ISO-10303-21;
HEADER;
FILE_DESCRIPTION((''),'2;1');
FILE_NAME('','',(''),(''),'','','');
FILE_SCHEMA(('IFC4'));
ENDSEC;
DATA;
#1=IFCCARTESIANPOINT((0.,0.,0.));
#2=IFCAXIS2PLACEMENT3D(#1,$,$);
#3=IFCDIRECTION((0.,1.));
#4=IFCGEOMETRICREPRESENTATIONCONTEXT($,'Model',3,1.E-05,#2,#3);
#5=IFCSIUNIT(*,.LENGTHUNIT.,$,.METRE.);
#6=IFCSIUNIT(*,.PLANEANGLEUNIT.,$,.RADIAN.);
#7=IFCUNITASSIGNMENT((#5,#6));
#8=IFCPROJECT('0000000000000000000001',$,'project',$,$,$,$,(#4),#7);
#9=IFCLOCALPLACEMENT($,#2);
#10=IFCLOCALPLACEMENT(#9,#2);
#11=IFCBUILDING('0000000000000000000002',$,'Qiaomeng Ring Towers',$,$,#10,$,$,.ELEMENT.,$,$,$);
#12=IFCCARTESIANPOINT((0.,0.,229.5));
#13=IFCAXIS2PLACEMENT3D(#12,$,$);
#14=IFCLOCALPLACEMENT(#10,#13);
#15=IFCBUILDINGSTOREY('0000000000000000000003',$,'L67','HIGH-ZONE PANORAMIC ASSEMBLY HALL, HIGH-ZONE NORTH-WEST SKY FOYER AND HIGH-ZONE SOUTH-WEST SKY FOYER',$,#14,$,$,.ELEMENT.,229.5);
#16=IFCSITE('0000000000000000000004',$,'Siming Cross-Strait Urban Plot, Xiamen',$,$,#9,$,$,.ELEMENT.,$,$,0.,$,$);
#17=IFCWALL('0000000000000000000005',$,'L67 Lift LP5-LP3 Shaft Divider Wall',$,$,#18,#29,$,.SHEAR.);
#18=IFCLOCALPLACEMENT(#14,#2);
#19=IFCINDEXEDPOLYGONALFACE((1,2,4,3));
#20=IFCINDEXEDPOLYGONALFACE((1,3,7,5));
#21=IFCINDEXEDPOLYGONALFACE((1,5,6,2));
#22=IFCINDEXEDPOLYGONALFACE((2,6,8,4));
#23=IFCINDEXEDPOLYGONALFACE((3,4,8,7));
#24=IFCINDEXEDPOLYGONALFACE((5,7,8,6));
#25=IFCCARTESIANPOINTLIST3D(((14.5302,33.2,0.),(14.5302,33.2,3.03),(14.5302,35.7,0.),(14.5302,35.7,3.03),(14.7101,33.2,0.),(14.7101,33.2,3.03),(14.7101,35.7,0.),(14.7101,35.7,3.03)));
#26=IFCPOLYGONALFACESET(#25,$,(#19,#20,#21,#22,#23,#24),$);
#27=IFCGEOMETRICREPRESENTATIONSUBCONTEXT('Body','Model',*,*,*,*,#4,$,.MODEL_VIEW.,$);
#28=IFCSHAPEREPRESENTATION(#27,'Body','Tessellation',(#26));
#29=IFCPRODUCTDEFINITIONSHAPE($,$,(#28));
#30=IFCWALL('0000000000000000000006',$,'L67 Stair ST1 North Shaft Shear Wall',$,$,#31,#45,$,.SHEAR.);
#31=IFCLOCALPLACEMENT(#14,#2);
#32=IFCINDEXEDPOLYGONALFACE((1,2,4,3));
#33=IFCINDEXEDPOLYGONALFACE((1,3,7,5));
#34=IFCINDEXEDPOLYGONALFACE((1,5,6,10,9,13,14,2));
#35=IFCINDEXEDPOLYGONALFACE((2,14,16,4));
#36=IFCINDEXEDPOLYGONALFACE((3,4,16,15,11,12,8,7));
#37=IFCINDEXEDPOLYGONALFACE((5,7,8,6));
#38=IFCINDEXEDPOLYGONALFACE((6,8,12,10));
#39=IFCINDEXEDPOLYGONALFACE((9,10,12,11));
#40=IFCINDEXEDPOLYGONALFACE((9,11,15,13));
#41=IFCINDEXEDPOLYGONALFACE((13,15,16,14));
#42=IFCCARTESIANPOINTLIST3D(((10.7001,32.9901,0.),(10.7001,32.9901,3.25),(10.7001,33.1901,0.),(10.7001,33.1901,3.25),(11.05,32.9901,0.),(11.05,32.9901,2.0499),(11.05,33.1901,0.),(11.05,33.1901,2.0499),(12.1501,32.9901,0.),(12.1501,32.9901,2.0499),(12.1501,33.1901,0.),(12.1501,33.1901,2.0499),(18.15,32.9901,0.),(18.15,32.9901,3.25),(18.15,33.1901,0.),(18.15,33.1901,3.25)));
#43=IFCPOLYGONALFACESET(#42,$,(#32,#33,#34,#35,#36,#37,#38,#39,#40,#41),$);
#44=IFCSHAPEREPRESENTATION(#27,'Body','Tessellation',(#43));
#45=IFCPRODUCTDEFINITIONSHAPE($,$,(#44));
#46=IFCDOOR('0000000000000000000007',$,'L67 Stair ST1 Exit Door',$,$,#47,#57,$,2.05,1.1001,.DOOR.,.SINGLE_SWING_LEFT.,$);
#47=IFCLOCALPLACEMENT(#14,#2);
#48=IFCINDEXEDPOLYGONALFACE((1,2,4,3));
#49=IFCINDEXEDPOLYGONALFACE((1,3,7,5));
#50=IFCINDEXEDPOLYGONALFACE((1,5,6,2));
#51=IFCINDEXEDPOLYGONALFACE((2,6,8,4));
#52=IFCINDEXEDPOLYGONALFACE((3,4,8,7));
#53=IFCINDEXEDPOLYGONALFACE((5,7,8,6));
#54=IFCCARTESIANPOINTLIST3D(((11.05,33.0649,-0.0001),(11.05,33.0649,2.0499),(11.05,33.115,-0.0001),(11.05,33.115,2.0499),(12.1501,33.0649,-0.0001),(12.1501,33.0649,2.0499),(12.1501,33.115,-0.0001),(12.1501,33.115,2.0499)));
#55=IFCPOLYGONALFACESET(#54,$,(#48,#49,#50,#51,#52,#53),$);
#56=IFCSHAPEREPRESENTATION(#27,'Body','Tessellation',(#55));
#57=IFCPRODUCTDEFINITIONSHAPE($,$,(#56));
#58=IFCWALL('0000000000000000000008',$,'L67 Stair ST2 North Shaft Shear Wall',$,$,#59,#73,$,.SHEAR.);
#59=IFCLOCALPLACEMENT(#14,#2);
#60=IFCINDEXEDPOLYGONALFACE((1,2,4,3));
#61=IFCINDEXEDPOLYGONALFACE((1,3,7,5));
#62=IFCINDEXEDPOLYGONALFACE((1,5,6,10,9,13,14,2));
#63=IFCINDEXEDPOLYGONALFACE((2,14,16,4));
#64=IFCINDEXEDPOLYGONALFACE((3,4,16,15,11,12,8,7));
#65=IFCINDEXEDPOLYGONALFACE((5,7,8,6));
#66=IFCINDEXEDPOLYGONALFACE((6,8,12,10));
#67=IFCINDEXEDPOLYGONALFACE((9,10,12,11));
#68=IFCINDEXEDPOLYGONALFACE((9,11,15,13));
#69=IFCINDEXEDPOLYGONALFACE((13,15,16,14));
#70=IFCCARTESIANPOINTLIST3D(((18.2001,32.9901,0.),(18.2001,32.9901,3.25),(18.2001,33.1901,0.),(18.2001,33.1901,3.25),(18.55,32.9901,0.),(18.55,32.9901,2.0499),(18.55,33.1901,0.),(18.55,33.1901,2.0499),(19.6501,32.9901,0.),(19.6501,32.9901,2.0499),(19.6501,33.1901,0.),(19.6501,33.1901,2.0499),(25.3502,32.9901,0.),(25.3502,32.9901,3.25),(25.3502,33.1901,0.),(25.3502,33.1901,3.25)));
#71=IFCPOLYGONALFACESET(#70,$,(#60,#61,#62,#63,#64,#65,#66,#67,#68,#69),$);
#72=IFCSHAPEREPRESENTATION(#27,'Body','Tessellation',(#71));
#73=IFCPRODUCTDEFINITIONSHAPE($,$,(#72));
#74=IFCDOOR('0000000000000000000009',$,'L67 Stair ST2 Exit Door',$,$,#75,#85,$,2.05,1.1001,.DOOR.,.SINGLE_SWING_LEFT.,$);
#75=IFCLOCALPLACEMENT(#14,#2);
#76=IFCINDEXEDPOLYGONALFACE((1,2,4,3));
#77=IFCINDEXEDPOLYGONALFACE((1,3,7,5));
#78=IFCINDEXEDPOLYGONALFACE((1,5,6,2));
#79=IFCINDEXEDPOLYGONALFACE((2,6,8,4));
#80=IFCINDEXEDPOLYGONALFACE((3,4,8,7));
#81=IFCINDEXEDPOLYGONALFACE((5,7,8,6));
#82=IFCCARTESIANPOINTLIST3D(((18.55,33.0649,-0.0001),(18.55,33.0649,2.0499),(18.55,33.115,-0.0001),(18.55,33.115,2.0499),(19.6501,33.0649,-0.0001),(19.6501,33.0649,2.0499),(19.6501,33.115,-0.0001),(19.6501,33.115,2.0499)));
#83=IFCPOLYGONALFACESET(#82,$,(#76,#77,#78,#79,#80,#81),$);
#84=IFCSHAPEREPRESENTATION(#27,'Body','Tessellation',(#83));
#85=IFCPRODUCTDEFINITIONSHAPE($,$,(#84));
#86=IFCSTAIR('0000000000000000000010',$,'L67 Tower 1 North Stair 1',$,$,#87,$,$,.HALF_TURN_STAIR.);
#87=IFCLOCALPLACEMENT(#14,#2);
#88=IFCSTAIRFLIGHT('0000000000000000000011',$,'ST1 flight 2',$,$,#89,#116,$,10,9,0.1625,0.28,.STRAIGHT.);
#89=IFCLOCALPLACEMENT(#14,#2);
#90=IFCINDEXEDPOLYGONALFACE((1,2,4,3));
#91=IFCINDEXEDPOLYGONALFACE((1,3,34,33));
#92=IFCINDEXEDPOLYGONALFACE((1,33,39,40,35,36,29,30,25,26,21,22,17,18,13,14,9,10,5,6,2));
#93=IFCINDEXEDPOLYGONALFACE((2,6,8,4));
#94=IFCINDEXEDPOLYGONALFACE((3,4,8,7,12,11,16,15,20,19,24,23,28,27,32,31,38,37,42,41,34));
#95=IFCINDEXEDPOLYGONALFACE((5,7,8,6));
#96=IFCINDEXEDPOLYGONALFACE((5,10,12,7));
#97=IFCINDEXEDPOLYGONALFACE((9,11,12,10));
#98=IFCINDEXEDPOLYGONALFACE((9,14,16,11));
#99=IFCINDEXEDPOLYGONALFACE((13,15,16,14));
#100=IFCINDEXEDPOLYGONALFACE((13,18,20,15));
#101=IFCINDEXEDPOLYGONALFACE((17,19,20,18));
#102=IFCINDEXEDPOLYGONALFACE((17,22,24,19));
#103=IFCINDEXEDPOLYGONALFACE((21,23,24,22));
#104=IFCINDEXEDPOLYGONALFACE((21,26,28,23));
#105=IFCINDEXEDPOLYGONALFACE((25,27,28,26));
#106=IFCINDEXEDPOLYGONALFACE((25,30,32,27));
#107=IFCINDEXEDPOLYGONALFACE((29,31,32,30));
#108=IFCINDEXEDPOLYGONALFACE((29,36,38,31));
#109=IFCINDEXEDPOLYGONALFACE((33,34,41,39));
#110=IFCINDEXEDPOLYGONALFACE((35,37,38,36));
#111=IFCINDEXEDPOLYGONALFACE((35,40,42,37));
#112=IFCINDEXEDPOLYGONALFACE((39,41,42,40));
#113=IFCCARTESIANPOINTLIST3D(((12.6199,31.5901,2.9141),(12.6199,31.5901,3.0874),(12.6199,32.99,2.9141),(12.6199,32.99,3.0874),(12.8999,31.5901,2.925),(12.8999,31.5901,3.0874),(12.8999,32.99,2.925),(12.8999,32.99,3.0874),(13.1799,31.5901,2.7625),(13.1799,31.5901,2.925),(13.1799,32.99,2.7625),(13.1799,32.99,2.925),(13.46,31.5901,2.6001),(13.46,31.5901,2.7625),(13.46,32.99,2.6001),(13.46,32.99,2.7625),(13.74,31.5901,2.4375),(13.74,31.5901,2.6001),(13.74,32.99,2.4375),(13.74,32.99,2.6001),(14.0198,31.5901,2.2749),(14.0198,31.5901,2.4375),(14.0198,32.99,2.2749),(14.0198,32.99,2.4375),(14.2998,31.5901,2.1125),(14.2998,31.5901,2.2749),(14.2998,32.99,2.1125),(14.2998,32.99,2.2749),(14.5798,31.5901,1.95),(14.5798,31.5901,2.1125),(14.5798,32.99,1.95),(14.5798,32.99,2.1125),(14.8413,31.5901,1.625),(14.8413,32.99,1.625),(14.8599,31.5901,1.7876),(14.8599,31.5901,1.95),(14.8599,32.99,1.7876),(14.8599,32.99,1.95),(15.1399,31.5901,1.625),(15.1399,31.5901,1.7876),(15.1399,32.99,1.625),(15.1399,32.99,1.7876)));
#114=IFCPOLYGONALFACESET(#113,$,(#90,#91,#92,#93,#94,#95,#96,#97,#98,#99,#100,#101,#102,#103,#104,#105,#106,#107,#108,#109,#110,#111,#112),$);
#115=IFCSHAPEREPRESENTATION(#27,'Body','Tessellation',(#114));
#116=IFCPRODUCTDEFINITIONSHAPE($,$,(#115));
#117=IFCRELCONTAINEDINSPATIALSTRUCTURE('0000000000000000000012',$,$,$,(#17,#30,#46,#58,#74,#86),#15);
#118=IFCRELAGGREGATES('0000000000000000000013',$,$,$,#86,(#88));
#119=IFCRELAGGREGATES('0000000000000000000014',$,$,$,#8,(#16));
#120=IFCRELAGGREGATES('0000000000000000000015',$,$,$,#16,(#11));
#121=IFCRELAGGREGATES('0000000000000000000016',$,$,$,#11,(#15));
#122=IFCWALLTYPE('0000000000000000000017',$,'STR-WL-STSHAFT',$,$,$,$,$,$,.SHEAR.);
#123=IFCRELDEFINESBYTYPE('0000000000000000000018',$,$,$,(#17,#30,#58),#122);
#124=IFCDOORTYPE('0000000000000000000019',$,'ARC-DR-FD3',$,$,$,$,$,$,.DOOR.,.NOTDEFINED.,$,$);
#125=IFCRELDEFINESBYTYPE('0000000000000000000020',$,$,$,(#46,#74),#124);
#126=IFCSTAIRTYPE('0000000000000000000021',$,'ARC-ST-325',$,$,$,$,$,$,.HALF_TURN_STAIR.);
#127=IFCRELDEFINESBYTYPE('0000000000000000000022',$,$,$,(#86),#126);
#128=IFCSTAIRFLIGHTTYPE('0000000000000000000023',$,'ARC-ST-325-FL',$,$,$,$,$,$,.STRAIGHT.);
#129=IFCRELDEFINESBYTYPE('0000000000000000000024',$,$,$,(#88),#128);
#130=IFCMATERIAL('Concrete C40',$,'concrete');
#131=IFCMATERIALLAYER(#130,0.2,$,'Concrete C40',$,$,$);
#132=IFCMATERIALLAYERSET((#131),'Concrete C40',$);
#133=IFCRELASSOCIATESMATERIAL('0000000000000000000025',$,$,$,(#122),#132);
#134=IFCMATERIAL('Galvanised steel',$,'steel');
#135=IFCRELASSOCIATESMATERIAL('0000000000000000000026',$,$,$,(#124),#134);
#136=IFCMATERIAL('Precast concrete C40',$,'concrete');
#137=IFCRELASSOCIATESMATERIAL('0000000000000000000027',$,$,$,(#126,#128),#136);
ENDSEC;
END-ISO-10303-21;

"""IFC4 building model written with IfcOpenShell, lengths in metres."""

from ifc_helpers import new_model, si_unit, direction, frame, frame_2d, origin, place, context, subcontext, project, spatial, polyline, rectangle, outline, extrude, source, transform, mapped, material, layer, layer_set, type_object, element, fill, aggregate, save


model = new_model("IFC4")

# Units and contexts
model_context = context("Model", 3, precision=1e-05, world=origin(), true_north=direction((0.0, 1.0)))
body_context = subcontext(model_context, "Body", "Model", "MODEL_VIEW")
ifc_project = project(units=[si_unit("LENGTHUNIT", "METRE"), si_unit("PLANEANGLEUNIT", "RADIAN")], contexts=[model_context])

# Site, building, storey
site_placement = place(None, origin())
site = spatial("IfcSite", under=ifc_project, at=site_placement, Name="Siming Cross-Strait Urban Plot, Xiamen", CompositionType="ELEMENT", RefElevation=0.0)
building_placement = place(site_placement, origin())
building = spatial("IfcBuilding", under=site, at=building_placement, Name="Qiaomeng Ring Towers", CompositionType="ELEMENT")
storey_placement = place(building_placement, frame((0.0, 0.0, 229.5)))
storey = spatial("IfcBuildingStorey", under=building, at=storey_placement, Name="L67", Description="HIGH-ZONE PANORAMIC ASSEMBLY HALL, HIGH-ZONE NORTH-WEST SKY FOYER AND HIGH-ZONE SOUTH-WEST SKY FOYER", CompositionType="ELEMENT", Elevation=229.5)

# Wall
ifc_material_1 = material(Name="Concrete C40", Category="concrete")
ifc_layer_1 = layer(ifc_material_1, 0.2, Name="Concrete C40")
ifc_layer_set_1 = layer_set([ifc_layer_1], Name="Concrete C40")
wall_type_1 = type_object("IfcWallType", Name="STR-WL-STSHAFT", PredefinedType="SHEAR", material=ifc_layer_set_1)
wall_1_placement = place(storey_placement, frame((14.6201, 33.2, 0.0), z_axis=(0.0, 0.0, 1.0), x_axis=(0.0, 1.0, 0.0)))
element("IfcWall", 1, at=wall_1_placement, inside=storey, type_object=wall_type_1, Name="L67 Lift LP5-LP3 Shaft Divider Wall", PredefinedType="SHEAR", context=body_context, shape_type="SweptSolid", body=[
    extrude(rectangle(XDim=2.5, YDim=0.1799, at=frame_2d((1.25, 0.0))), origin(), (0.0, 0.0, 1.0), 3.03),
])

# Walls, openings, doors
wall_2_placement = place(storey_placement, frame((10.7, 33.0901, 0.0), z_axis=(0.0, 0.0, 1.0), x_axis=(1.0, 0.0, 0.0)))
wall_2 = element("IfcWall", 2, at=wall_2_placement, inside=storey, type_object=wall_type_1, Name="L67 Stair ST1 North Shaft Shear Wall", PredefinedType="SHEAR", context=body_context, shape_type="SweptSolid", body=[
    extrude(rectangle(XDim=7.45, YDim=0.2, at=frame_2d((3.7251, 0.0))), origin(), (0.0, 0.0, 1.0), 3.25),
])
opening_1_placement = place(wall_2_placement, frame((0.3501, 0.0, 0.0)))
opening_1 = element("IfcOpeningElement", 3, at=opening_1_placement, cuts=wall_2, PredefinedType="OPENING", context=body_context, shape_type="SweptSolid", body=[
    extrude(rectangle(XDim=1.1001, YDim=2.05, at=frame_2d((0.55, 1.0249))), frame((0.0, 0.1099, 0.0), z_axis=(0.0, -1.0, 0.0), x_axis=(1.0, 0.0, 0.0)), (0.0, 0.0, 1.0), 0.22),
])
ifc_material_2 = material(Name="Galvanised steel", Category="steel")
door_type_1 = type_object("IfcDoorType", Name="ARC-DR-FD3", OperationType="NOTDEFINED", PredefinedType="DOOR", material=ifc_material_2)
shared_shape_1 = source(origin(), body_context, "Body", "SweptSolid", [
    extrude(rectangle(XDim=1.1001, YDim=2.05, at=frame_2d((0.55, 1.0249))), frame((0.0, 0.0249, 0.0), z_axis=(0.0, -1.0, 0.0), x_axis=(1.0, 0.0, 0.0)), (0.0, 0.0, 1.0), 0.05),
])
door_1_placement = place(opening_1_placement, origin())
door_1 = element("IfcDoor", 4, at=door_1_placement, inside=storey, type_object=door_type_1, Name="L67 Stair ST1 Exit Door", OperationType="SINGLE_SWING_LEFT", OverallHeight=2.05, OverallWidth=1.1001, PredefinedType="DOOR", context=body_context, shape_type="MappedRepresentation", body=[
    mapped(shared_shape_1, transform((0.0, 0.0, 0.0), x_axis=(1.0, 0.0, 0.0), y_axis=(0.0, 1.0, 0.0), z_axis=(0.0, 0.0, 1.0), scale=1.0)),
])
fill(opening_1, door_1)
wall_3_placement = place(storey_placement, frame((18.2, 33.0901, 0.0), z_axis=(0.0, 0.0, 1.0), x_axis=(1.0, 0.0, 0.0)))
wall_3 = element("IfcWall", 5, at=wall_3_placement, inside=storey, type_object=wall_type_1, Name="L67 Stair ST2 North Shaft Shear Wall", PredefinedType="SHEAR", context=body_context, shape_type="SweptSolid", body=[
    extrude(rectangle(XDim=7.1501, YDim=0.2, at=frame_2d((3.5752, 0.0))), origin(), (0.0, 0.0, 1.0), 3.25),
])
opening_2_placement = place(wall_3_placement, frame((0.3501, 0.0, 0.0)))
opening_2 = element("IfcOpeningElement", 6, at=opening_2_placement, cuts=wall_3, PredefinedType="OPENING", context=body_context, shape_type="SweptSolid", body=[
    extrude(rectangle(XDim=1.1001, YDim=2.05, at=frame_2d((0.55, 1.0249))), frame((0.0, 0.1099, 0.0), z_axis=(0.0, -1.0, 0.0), x_axis=(1.0, 0.0, 0.0)), (0.0, 0.0, 1.0), 0.22),
])
door_2_placement = place(opening_2_placement, origin())
door_2 = element("IfcDoor", 7, at=door_2_placement, inside=storey, type_object=door_type_1, Name="L67 Stair ST2 Exit Door", OperationType="SINGLE_SWING_LEFT", OverallHeight=2.05, OverallWidth=1.1001, PredefinedType="DOOR", context=body_context, shape_type="MappedRepresentation", body=[
    mapped(shared_shape_1, transform((0.0, 0.0, 0.0), x_axis=(1.0, 0.0, 0.0), y_axis=(0.0, 1.0, 0.0), z_axis=(0.0, 0.0, 1.0), scale=1.0)),
])
fill(opening_2, door_2)

# Stair, stair flight
ifc_material_3 = material(Name="Precast concrete C40", Category="concrete")
stair_type = type_object("IfcStairType", Name="ARC-ST-325", PredefinedType="HALF_TURN_STAIR", material=ifc_material_3)
stair_placement = place(storey_placement, origin())
stair = element("IfcStair", 8, at=stair_placement, inside=storey, type_object=stair_type, Name="L67 Tower 1 North Stair 1", PredefinedType="HALF_TURN_STAIR")
stair_flight_type = type_object("IfcStairFlightType", Name="ARC-ST-325-FL", PredefinedType="STRAIGHT", material=ifc_material_3)
shared_shape_2 = source(origin(), body_context, "Body", "SweptSolid", [
    extrude(outline(polyline([(0.0, 0.0), (0.0, 0.1626), (0.28, 0.1626), (0.28, 0.325), (0.5601, 0.325), (0.5601, 0.4875), (0.8401, 0.4875), (0.8401, 0.6499), (1.1201, 0.6499), (1.1201, 0.8125), (1.3999, 0.8125), (1.3999, 0.9751), (1.6799, 0.9751), (1.6799, 1.1375), (1.96, 1.1375), (1.96, 1.3), (2.24, 1.3), (2.24, 1.4624), (2.52, 1.4624), (2.52, 1.625), (2.52, 1.2891), (0.2986, 0.0), (0.0, 0.0)])), frame((0.0, 0.7, 0.0), z_axis=(0.0, -1.0, 0.0), x_axis=(1.0, 0.0, 0.0)), (0.0, 0.0, 1.0), 1.3999),
])
stair_flight_placement = place(storey_placement, frame((15.1399, 32.29, 1.625), z_axis=(0.0, 0.0, 1.0), x_axis=(-1.0, 0.0, 0.0)))
stair_flight = element("IfcStairFlight", 9, at=stair_flight_placement, type_object=stair_flight_type, Name="ST1 flight 2", NumberOfRisers=10, NumberOfTreads=9, PredefinedType="STRAIGHT", RiserHeight=0.1625, TreadLength=0.28, context=body_context, shape_type="MappedRepresentation", body=[
    mapped(shared_shape_2, transform((0.0, 0.0, 0.0), x_axis=(1.0, 0.0, 0.0), y_axis=(0.0, 1.0, 0.0), z_axis=(0.0, 0.0, 1.0), scale=1.0)),
])
aggregate(stair, [stair_flight])

save(model, "model.ifc")
